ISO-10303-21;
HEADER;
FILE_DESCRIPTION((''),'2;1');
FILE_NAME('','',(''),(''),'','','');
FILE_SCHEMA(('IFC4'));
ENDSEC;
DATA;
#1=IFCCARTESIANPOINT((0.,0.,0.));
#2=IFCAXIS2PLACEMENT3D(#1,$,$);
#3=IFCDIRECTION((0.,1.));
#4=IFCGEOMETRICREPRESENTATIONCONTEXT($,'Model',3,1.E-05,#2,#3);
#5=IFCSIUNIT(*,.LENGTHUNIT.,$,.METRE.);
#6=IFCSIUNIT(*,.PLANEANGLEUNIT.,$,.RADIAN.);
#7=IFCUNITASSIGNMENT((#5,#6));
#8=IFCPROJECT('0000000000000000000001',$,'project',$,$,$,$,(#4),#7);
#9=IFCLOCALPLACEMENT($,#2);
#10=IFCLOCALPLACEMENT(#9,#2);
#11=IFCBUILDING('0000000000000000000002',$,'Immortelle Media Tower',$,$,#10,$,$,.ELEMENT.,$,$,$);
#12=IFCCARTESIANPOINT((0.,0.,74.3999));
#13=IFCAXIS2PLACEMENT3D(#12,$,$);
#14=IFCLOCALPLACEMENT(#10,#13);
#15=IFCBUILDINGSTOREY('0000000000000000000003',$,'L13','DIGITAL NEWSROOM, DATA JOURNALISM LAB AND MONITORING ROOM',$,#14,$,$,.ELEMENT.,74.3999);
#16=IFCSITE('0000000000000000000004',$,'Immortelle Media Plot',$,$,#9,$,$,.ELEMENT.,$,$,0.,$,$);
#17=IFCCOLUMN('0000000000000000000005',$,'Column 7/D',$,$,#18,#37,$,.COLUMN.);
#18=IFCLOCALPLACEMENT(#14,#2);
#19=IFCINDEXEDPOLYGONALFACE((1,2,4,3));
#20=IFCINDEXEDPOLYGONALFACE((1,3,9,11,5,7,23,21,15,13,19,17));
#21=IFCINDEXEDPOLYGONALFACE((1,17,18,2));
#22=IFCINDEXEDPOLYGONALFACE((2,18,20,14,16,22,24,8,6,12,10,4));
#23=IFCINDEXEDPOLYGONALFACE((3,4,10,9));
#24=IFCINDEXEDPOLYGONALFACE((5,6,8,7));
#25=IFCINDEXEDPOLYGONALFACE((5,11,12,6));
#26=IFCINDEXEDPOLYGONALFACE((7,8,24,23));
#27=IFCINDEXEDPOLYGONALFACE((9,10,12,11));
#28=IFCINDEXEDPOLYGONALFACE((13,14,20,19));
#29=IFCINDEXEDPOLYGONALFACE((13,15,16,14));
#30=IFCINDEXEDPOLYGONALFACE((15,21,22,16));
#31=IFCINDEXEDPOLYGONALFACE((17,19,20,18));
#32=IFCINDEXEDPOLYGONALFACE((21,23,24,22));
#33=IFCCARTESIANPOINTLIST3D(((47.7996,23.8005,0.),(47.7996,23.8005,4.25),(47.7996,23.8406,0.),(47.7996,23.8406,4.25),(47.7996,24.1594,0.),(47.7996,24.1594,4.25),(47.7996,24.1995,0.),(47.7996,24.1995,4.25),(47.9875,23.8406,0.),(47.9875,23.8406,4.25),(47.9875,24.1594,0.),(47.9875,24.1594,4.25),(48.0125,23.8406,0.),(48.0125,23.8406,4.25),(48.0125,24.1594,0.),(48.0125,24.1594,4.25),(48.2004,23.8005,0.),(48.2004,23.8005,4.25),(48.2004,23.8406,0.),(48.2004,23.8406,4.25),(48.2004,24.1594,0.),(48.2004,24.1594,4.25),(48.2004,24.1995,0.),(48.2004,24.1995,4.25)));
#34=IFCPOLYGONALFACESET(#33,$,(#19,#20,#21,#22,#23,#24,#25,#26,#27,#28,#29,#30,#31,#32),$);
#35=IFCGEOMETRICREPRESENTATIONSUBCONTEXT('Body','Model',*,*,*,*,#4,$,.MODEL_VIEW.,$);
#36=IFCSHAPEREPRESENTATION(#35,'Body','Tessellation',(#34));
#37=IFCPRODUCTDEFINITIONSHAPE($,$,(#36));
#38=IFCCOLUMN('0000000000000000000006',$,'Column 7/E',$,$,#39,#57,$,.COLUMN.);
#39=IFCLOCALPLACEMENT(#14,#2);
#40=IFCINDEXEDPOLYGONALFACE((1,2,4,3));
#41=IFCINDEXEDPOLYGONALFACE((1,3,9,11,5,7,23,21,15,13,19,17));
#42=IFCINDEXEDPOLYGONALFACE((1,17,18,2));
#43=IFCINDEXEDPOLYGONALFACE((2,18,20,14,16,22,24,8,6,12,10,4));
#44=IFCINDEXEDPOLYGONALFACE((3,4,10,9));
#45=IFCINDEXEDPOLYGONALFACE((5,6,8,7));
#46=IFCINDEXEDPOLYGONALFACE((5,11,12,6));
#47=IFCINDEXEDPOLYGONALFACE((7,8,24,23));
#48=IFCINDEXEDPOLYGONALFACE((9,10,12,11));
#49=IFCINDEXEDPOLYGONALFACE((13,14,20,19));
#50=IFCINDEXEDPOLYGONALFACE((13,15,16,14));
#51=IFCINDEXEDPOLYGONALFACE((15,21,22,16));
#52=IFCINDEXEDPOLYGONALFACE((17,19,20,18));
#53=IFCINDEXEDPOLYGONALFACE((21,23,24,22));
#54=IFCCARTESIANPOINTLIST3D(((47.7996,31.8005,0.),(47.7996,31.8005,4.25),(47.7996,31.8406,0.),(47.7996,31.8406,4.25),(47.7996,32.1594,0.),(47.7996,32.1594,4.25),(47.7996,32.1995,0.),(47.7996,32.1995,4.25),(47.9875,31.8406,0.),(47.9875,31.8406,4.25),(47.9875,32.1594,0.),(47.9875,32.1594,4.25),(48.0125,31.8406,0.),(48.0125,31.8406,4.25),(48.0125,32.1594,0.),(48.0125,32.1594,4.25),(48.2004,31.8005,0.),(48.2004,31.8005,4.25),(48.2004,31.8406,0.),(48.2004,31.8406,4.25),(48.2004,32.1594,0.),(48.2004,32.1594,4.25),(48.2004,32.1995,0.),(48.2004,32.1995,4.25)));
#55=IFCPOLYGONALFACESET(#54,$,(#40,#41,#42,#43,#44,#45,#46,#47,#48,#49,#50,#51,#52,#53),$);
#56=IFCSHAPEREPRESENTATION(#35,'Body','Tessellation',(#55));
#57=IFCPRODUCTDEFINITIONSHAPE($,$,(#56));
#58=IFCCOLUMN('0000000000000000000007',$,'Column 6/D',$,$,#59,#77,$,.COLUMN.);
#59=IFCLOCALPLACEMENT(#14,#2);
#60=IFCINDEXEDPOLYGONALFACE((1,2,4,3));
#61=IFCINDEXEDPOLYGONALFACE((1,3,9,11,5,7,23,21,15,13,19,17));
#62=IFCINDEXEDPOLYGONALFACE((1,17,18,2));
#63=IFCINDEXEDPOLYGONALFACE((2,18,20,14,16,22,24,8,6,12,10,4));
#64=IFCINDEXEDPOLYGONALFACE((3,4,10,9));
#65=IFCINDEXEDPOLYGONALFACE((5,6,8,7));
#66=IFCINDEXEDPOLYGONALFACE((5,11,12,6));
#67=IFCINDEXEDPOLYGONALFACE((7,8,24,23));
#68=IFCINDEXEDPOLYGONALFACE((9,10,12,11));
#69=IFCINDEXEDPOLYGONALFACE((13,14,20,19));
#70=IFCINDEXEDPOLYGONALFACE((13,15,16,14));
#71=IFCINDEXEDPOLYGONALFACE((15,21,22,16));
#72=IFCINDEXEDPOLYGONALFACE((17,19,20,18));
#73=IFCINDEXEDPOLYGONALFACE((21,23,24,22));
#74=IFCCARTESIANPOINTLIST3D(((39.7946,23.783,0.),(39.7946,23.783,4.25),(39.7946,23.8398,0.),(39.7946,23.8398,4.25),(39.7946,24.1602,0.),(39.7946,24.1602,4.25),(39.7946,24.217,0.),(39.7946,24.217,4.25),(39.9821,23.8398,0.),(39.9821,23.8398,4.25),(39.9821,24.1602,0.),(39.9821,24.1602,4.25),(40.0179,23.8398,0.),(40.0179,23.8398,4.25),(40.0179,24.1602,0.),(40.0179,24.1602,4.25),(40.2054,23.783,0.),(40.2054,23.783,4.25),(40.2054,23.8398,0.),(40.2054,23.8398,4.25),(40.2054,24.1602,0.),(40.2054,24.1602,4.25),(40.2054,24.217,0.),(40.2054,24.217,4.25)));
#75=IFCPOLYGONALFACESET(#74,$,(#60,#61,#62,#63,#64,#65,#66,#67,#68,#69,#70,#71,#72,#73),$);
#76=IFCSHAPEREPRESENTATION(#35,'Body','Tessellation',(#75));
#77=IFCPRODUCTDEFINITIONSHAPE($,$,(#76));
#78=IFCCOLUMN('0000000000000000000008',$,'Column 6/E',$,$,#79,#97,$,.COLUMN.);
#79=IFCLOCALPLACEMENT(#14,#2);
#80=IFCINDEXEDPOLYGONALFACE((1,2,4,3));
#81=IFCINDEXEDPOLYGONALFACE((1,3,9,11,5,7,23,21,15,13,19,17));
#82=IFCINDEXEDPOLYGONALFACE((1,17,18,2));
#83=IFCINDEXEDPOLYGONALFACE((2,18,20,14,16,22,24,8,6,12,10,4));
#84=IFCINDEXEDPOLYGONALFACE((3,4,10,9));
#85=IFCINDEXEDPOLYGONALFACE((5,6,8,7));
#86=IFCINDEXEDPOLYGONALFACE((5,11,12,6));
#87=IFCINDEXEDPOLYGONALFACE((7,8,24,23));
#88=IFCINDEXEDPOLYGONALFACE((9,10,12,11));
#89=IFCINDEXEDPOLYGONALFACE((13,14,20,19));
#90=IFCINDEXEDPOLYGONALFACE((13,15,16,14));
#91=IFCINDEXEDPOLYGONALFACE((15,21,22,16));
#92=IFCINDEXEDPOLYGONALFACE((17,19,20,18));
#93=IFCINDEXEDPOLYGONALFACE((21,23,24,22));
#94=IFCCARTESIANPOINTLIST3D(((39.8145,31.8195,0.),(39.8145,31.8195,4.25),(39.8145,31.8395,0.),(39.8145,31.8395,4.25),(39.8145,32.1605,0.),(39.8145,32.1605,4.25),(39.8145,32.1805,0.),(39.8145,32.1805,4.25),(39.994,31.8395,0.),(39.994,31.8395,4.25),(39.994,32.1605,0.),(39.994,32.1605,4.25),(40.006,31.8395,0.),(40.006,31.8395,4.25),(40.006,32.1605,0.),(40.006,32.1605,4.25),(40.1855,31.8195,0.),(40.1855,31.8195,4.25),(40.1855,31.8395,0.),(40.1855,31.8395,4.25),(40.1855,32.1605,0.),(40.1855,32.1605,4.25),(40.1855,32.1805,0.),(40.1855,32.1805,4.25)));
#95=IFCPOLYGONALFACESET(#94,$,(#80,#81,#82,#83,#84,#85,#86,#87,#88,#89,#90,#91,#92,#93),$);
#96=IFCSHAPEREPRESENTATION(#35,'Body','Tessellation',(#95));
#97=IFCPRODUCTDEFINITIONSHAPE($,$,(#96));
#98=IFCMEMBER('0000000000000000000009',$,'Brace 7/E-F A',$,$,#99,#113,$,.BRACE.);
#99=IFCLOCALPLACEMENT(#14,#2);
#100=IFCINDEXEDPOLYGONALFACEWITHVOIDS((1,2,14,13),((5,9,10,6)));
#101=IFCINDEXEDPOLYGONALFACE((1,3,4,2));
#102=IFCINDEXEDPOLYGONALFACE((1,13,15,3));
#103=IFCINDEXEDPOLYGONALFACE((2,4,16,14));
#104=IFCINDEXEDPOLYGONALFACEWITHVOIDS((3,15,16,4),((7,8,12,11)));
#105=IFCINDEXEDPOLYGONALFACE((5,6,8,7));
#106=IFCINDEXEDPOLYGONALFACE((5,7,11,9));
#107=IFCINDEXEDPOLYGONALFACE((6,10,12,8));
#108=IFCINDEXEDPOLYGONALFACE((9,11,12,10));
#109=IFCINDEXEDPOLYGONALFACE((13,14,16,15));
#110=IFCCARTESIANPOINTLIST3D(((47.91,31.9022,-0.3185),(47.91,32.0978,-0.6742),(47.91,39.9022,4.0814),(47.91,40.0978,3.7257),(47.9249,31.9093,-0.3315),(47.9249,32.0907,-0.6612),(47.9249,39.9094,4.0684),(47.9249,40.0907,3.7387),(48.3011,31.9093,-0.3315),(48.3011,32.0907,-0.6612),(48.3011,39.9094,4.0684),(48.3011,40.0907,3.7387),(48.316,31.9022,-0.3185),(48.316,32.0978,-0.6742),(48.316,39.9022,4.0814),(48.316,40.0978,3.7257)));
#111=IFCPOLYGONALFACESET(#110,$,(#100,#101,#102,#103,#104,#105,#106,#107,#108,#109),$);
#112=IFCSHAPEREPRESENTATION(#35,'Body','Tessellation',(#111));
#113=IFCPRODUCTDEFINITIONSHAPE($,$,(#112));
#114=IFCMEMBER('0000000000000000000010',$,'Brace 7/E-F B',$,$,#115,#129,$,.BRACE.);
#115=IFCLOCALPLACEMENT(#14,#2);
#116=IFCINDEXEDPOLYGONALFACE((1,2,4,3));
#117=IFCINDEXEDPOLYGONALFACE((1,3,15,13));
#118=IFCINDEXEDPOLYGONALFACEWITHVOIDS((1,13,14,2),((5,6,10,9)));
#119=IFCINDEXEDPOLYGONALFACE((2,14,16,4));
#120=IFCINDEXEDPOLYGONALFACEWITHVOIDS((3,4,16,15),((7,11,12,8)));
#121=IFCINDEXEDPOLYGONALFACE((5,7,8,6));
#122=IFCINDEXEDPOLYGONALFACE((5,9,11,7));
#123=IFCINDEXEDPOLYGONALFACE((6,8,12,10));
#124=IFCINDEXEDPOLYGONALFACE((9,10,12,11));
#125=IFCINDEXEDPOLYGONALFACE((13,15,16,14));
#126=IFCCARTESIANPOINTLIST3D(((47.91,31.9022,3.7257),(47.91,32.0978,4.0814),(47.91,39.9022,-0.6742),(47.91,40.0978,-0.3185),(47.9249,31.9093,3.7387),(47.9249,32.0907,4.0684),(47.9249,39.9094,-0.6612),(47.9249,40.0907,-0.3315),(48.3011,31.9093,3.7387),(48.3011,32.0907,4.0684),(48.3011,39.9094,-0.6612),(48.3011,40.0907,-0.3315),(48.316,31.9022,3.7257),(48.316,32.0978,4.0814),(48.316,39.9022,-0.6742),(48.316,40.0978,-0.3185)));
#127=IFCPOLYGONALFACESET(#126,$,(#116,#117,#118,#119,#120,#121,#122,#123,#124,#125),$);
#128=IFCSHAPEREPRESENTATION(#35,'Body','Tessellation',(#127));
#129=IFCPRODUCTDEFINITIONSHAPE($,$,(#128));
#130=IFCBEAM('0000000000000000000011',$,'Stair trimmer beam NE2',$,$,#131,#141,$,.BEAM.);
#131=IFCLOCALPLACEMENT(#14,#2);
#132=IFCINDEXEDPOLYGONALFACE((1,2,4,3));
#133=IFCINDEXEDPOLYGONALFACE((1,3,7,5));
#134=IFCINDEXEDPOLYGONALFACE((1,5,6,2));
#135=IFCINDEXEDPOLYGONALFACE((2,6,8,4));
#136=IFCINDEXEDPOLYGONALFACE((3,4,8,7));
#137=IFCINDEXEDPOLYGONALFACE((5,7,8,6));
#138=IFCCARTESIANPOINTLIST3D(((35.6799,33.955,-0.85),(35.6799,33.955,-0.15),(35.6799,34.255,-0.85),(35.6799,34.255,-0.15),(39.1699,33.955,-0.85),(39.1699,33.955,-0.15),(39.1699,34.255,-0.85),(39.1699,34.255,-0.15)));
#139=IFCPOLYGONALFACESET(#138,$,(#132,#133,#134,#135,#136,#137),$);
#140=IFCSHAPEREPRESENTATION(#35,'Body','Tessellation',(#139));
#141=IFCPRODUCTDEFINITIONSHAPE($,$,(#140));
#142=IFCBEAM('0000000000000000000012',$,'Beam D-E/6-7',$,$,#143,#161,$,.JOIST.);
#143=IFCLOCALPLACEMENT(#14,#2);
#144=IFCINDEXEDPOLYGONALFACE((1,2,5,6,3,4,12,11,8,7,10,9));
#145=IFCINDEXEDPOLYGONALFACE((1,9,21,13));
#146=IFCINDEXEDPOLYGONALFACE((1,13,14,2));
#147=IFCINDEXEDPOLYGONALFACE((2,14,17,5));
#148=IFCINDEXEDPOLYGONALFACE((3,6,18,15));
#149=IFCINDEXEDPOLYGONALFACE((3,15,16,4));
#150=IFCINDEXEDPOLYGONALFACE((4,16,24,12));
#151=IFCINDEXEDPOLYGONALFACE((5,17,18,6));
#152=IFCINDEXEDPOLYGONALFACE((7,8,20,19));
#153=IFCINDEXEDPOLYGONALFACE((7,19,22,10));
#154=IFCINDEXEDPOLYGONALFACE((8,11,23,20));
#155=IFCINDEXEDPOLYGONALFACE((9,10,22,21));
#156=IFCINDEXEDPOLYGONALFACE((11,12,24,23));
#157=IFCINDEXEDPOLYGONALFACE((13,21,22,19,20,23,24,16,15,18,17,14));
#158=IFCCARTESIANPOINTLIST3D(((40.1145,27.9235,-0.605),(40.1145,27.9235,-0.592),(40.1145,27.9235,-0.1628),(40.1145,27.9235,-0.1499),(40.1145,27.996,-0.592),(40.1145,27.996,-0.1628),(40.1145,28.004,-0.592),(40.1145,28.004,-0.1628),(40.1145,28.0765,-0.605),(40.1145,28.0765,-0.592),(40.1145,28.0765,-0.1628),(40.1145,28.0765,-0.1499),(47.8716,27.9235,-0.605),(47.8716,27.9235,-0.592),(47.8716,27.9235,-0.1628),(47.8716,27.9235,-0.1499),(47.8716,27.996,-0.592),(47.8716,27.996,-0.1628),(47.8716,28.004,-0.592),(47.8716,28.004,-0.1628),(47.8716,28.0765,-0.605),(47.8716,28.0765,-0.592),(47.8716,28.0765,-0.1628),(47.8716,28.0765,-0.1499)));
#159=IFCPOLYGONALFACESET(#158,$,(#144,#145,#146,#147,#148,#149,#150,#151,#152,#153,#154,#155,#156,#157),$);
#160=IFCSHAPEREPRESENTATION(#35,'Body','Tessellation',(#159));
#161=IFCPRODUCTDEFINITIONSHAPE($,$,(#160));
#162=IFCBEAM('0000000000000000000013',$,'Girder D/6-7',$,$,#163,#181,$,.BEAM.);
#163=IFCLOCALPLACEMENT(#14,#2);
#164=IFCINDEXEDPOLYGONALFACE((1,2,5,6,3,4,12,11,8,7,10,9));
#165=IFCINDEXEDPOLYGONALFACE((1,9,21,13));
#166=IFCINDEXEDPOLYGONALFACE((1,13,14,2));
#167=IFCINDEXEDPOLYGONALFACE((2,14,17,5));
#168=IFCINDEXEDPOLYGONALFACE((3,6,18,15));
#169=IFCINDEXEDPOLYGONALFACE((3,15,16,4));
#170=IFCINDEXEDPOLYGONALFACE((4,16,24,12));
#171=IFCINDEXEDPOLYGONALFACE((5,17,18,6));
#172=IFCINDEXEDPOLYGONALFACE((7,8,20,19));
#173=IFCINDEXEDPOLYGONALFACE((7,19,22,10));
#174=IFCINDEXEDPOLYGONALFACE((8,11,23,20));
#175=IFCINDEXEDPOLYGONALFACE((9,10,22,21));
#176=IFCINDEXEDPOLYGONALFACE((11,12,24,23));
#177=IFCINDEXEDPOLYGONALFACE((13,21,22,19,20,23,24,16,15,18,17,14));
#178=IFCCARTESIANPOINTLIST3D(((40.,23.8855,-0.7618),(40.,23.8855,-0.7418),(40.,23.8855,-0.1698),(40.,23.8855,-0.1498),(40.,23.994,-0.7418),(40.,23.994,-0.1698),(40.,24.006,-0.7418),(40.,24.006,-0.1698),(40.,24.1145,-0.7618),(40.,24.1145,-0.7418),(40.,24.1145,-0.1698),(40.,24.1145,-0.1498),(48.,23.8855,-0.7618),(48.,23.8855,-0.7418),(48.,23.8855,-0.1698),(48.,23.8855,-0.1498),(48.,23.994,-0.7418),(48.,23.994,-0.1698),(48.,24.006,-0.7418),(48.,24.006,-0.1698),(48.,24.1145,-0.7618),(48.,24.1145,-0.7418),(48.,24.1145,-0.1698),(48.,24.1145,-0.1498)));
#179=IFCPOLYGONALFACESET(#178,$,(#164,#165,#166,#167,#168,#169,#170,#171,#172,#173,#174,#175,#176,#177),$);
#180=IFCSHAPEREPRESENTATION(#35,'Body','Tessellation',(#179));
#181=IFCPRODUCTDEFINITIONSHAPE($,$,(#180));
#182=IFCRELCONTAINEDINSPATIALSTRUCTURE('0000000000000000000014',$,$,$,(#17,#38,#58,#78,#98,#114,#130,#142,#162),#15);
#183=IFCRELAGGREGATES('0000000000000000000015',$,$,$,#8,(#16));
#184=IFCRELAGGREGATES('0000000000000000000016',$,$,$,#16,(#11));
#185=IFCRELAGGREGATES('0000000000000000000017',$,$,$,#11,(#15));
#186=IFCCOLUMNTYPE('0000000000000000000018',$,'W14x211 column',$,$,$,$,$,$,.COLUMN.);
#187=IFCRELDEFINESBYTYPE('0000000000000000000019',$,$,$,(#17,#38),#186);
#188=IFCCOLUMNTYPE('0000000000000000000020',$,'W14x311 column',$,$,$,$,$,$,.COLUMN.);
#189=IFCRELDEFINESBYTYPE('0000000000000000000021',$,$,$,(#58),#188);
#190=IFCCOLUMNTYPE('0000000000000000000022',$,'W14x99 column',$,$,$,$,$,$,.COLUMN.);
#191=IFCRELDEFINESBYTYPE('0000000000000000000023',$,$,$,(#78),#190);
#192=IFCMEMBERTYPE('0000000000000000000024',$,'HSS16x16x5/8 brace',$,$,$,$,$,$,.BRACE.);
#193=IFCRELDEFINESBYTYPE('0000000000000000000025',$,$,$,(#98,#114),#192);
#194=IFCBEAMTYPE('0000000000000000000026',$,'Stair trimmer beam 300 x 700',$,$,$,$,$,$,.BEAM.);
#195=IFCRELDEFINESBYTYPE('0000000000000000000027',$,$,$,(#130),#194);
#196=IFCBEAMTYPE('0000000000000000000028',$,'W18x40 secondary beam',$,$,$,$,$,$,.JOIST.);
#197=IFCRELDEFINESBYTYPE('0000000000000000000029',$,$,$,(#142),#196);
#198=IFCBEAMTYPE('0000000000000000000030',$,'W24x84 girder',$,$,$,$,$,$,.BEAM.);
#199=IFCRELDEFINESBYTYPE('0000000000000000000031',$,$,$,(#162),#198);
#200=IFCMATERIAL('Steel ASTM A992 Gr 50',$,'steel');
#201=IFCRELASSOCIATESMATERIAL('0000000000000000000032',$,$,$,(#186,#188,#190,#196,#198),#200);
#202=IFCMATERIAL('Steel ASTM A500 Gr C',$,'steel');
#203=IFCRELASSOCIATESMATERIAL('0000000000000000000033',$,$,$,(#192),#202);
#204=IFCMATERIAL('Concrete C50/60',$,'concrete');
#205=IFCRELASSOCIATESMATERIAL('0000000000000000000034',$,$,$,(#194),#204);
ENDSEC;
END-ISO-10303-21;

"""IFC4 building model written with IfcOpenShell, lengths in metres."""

from ifc_helpers import new_model, si_unit, direction, frame, origin, origin_2d, place, context, subcontext, project, spatial, rectangle, hollow_rectangle, i_section, extrude, material, material_profile, profile_set, type_object, element, save


model = new_model("IFC4")

# Units and contexts
model_context = context("Model", 3, precision=1e-05, world=origin(), true_north=direction((0.0, 1.0)))
body_context = subcontext(model_context, "Body", "Model", "MODEL_VIEW")
ifc_project = project(units=[si_unit("LENGTHUNIT", "METRE"), si_unit("PLANEANGLEUNIT", "RADIAN")], contexts=[model_context])

# Site, building, storey
site_placement = place(None, origin())
site = spatial("IfcSite", under=ifc_project, at=site_placement, Name="Immortelle Media Plot", CompositionType="ELEMENT", RefElevation=0.0)
building_placement = place(site_placement, origin())
building = spatial("IfcBuilding", under=site, at=building_placement, Name="Immortelle Media Tower", CompositionType="ELEMENT")
storey_placement = place(building_placement, frame((0.0, 0.0, 74.3999)))
storey = spatial("IfcBuildingStorey", under=building, at=storey_placement, Name="L13", Description="DIGITAL NEWSROOM, DATA JOURNALISM LAB AND MONITORING ROOM", CompositionType="ELEMENT", Elevation=74.3999)

# Columns
ifc_material_1 = material(Name="Steel ASTM A992 Gr 50", Category="steel")
ifc_material_profile_1 = material_profile(ifc_material_1, i_section(OverallWidth=0.4009, OverallDepth=0.3989, WebThickness=0.0249, FlangeThickness=0.04, at=origin_2d()), Name="W14x211")
ifc_profile_set_1 = profile_set([ifc_material_profile_1], Name="Steel ASTM A992 Gr 50")
column_type_1 = type_object("IfcColumnType", Name="W14x211 column", PredefinedType="COLUMN", material=ifc_profile_set_1)
for number, where, z_axis, x_axis, name in (
    (1, (48.0, 24.0, 0.0), (0.0, 0.0, 1.0), (1.0, 0.0, 0.0), "Column 7/D"),
    (2, (48.0, 32.0, 0.0), (0.0, 0.0, 1.0), (1.0, 0.0, 0.0), "Column 7/E"),
):
    element("IfcColumn", number, at=place(storey_placement, frame(where, z_axis=z_axis, x_axis=x_axis)), inside=storey, type_object=column_type_1, Name=name, PredefinedType="COLUMN", context=body_context, shape_type="SweptSolid", body=[
        extrude(i_section(OverallWidth=0.4009, OverallDepth=0.3989, WebThickness=0.0249, FlangeThickness=0.04, at=origin_2d()), origin(), (0.0, 0.0, 1.0), 4.25),
    ])
ifc_material_profile_2 = material_profile(ifc_material_1, i_section(OverallWidth=0.4109, OverallDepth=0.4341, WebThickness=0.0359, FlangeThickness=0.0569, at=origin_2d()), Name="W14x311")
ifc_profile_set_2 = profile_set([ifc_material_profile_2], Name="Steel ASTM A992 Gr 50")
column_type_2 = type_object("IfcColumnType", Name="W14x311 column", PredefinedType="COLUMN", material=ifc_profile_set_2)
column_1_placement = place(storey_placement, frame((40.0, 24.0, 0.0), z_axis=(0.0, 0.0, 1.0), x_axis=(1.0, 0.0, 0.0)))
element("IfcColumn", 3, at=column_1_placement, inside=storey, type_object=column_type_2, Name="Column 6/D", PredefinedType="COLUMN", context=body_context, shape_type="SweptSolid", body=[
    extrude(i_section(OverallWidth=0.4109, OverallDepth=0.4341, WebThickness=0.0359, FlangeThickness=0.0569, at=origin_2d()), origin(), (0.0, 0.0, 1.0), 4.25),
])
ifc_material_profile_3 = material_profile(ifc_material_1, i_section(OverallWidth=0.3711, OverallDepth=0.3611, WebThickness=0.012, FlangeThickness=0.02, at=origin_2d()), Name="W14x99")
ifc_profile_set_3 = profile_set([ifc_material_profile_3], Name="Steel ASTM A992 Gr 50")
column_type_3 = type_object("IfcColumnType", Name="W14x99 column", PredefinedType="COLUMN", material=ifc_profile_set_3)
column_2_placement = place(storey_placement, frame((40.0, 32.0, 0.0), z_axis=(0.0, 0.0, 1.0), x_axis=(1.0, 0.0, 0.0)))
element("IfcColumn", 4, at=column_2_placement, inside=storey, type_object=column_type_3, Name="Column 6/E", PredefinedType="COLUMN", context=body_context, shape_type="SweptSolid", body=[
    extrude(i_section(OverallWidth=0.3711, OverallDepth=0.3611, WebThickness=0.012, FlangeThickness=0.02, at=origin_2d()), origin(), (0.0, 0.0, 1.0), 4.25),
])

# Members
ifc_material_2 = material(Name="Steel ASTM A500 Gr C", Category="steel")
ifc_material_profile_4 = material_profile(ifc_material_2, hollow_rectangle(XDim=0.406, YDim=0.406, WallThickness=0.0149, at=origin_2d()), Name="HSS16x16x5/8 brace")
ifc_profile_set_4 = profile_set([ifc_material_profile_4], Name="Steel ASTM A500 Gr C")
member_type = type_object("IfcMemberType", Name="HSS16x16x5/8 brace", PredefinedType="BRACE", material=ifc_profile_set_4)
for number, where, z_axis, x_axis, name in (
    (5, (48.113, 32.0, -0.4963), (0.0, 0.87622, 0.481911), (-1.0, 0.0, 0.0), "Brace 7/E-F A"),
    (6, (48.113, 32.0, 3.9036), (0.0, 0.87622, -0.481911), (-1.0, 0.0, 0.0), "Brace 7/E-F B"),
):
    element("IfcMember", number, at=place(storey_placement, frame(where, z_axis=z_axis, x_axis=x_axis)), inside=storey, type_object=member_type, Name=name, PredefinedType="BRACE", context=body_context, shape_type="SweptSolid", body=[
        extrude(hollow_rectangle(XDim=0.406, YDim=0.406, WallThickness=0.0149, at=origin_2d()), origin(), (0.0, 0.0, 1.0), 9.1301),
    ])

# Beams
ifc_material_3 = material(Name="Concrete C50/60", Category="concrete")
ifc_material_profile_5 = material_profile(ifc_material_3, rectangle(XDim=0.3, YDim=0.7, at=origin_2d()), Name="RC 300x700")
ifc_profile_set_5 = profile_set([ifc_material_profile_5], Name="Concrete C50/60")
beam_type_1 = type_object("IfcBeamType", Name="Stair trimmer beam 300 x 700", PredefinedType="BEAM", material=ifc_profile_set_5)
beam_1_placement = place(storey_placement, frame((35.6799, 34.105, -0.5), z_axis=(1.0, 0.0, 0.0), x_axis=(0.0, 1.0, 0.0)))
element("IfcBeam", 7, at=beam_1_placement, inside=storey, type_object=beam_type_1, Name="Stair trimmer beam NE2", PredefinedType="BEAM", context=body_context, shape_type="SweptSolid", body=[
    extrude(rectangle(XDim=0.3, YDim=0.7, at=origin_2d()), origin(), (0.0, 0.0, 1.0), 3.49),
])
ifc_material_profile_6 = material_profile(ifc_material_1, i_section(OverallWidth=0.1531, OverallDepth=0.4551, WebThickness=0.0081, FlangeThickness=0.0129, at=origin_2d()), Name="W18x40")
ifc_profile_set_6 = profile_set([ifc_material_profile_6], Name="Steel ASTM A992 Gr 50")
beam_type_2 = type_object("IfcBeamType", Name="W18x40 secondary beam", PredefinedType="JOIST", material=ifc_profile_set_6)
beam_2_placement = place(storey_placement, frame((40.1145, 28.0, -0.3774), z_axis=(1.0, 0.0, 0.0), x_axis=(0.0, 1.0, 0.0)))
element("IfcBeam", 8, at=beam_2_placement, inside=storey, type_object=beam_type_2, Name="Beam D-E/6-7", PredefinedType="JOIST", context=body_context, shape_type="SweptSolid", body=[
    extrude(i_section(OverallWidth=0.1531, OverallDepth=0.4551, WebThickness=0.0081, FlangeThickness=0.0129, at=origin_2d()), origin(), (0.0, 0.0, 1.0), 7.7571),
])
ifc_material_profile_7 = material_profile(ifc_material_1, i_section(OverallWidth=0.229, OverallDepth=0.6121, WebThickness=0.012, FlangeThickness=0.02, at=origin_2d()), Name="W24x84")
ifc_profile_set_7 = profile_set([ifc_material_profile_7], Name="Steel ASTM A992 Gr 50")
beam_type_3 = type_object("IfcBeamType", Name="W24x84 girder", PredefinedType="BEAM", material=ifc_profile_set_7)
for number, where, z_axis, x_axis, name in (
    (9, (40.0, 24.0, -0.4558), (1.0, 0.0, 0.0), (0.0, 1.0, 0.0), "Girder D/6-7"),
):
    element("IfcBeam", number, at=place(storey_placement, frame(where, z_axis=z_axis, x_axis=x_axis)), inside=storey, type_object=beam_type_3, Name=name, PredefinedType="BEAM", context=body_context, shape_type="SweptSolid", body=[
        extrude(i_section(OverallWidth=0.229, OverallDepth=0.6121, WebThickness=0.012, FlangeThickness=0.02, at=origin_2d()), origin(), (0.0, 0.0, 1.0), 8.0),
    ])

save(model, "model.ifc")
